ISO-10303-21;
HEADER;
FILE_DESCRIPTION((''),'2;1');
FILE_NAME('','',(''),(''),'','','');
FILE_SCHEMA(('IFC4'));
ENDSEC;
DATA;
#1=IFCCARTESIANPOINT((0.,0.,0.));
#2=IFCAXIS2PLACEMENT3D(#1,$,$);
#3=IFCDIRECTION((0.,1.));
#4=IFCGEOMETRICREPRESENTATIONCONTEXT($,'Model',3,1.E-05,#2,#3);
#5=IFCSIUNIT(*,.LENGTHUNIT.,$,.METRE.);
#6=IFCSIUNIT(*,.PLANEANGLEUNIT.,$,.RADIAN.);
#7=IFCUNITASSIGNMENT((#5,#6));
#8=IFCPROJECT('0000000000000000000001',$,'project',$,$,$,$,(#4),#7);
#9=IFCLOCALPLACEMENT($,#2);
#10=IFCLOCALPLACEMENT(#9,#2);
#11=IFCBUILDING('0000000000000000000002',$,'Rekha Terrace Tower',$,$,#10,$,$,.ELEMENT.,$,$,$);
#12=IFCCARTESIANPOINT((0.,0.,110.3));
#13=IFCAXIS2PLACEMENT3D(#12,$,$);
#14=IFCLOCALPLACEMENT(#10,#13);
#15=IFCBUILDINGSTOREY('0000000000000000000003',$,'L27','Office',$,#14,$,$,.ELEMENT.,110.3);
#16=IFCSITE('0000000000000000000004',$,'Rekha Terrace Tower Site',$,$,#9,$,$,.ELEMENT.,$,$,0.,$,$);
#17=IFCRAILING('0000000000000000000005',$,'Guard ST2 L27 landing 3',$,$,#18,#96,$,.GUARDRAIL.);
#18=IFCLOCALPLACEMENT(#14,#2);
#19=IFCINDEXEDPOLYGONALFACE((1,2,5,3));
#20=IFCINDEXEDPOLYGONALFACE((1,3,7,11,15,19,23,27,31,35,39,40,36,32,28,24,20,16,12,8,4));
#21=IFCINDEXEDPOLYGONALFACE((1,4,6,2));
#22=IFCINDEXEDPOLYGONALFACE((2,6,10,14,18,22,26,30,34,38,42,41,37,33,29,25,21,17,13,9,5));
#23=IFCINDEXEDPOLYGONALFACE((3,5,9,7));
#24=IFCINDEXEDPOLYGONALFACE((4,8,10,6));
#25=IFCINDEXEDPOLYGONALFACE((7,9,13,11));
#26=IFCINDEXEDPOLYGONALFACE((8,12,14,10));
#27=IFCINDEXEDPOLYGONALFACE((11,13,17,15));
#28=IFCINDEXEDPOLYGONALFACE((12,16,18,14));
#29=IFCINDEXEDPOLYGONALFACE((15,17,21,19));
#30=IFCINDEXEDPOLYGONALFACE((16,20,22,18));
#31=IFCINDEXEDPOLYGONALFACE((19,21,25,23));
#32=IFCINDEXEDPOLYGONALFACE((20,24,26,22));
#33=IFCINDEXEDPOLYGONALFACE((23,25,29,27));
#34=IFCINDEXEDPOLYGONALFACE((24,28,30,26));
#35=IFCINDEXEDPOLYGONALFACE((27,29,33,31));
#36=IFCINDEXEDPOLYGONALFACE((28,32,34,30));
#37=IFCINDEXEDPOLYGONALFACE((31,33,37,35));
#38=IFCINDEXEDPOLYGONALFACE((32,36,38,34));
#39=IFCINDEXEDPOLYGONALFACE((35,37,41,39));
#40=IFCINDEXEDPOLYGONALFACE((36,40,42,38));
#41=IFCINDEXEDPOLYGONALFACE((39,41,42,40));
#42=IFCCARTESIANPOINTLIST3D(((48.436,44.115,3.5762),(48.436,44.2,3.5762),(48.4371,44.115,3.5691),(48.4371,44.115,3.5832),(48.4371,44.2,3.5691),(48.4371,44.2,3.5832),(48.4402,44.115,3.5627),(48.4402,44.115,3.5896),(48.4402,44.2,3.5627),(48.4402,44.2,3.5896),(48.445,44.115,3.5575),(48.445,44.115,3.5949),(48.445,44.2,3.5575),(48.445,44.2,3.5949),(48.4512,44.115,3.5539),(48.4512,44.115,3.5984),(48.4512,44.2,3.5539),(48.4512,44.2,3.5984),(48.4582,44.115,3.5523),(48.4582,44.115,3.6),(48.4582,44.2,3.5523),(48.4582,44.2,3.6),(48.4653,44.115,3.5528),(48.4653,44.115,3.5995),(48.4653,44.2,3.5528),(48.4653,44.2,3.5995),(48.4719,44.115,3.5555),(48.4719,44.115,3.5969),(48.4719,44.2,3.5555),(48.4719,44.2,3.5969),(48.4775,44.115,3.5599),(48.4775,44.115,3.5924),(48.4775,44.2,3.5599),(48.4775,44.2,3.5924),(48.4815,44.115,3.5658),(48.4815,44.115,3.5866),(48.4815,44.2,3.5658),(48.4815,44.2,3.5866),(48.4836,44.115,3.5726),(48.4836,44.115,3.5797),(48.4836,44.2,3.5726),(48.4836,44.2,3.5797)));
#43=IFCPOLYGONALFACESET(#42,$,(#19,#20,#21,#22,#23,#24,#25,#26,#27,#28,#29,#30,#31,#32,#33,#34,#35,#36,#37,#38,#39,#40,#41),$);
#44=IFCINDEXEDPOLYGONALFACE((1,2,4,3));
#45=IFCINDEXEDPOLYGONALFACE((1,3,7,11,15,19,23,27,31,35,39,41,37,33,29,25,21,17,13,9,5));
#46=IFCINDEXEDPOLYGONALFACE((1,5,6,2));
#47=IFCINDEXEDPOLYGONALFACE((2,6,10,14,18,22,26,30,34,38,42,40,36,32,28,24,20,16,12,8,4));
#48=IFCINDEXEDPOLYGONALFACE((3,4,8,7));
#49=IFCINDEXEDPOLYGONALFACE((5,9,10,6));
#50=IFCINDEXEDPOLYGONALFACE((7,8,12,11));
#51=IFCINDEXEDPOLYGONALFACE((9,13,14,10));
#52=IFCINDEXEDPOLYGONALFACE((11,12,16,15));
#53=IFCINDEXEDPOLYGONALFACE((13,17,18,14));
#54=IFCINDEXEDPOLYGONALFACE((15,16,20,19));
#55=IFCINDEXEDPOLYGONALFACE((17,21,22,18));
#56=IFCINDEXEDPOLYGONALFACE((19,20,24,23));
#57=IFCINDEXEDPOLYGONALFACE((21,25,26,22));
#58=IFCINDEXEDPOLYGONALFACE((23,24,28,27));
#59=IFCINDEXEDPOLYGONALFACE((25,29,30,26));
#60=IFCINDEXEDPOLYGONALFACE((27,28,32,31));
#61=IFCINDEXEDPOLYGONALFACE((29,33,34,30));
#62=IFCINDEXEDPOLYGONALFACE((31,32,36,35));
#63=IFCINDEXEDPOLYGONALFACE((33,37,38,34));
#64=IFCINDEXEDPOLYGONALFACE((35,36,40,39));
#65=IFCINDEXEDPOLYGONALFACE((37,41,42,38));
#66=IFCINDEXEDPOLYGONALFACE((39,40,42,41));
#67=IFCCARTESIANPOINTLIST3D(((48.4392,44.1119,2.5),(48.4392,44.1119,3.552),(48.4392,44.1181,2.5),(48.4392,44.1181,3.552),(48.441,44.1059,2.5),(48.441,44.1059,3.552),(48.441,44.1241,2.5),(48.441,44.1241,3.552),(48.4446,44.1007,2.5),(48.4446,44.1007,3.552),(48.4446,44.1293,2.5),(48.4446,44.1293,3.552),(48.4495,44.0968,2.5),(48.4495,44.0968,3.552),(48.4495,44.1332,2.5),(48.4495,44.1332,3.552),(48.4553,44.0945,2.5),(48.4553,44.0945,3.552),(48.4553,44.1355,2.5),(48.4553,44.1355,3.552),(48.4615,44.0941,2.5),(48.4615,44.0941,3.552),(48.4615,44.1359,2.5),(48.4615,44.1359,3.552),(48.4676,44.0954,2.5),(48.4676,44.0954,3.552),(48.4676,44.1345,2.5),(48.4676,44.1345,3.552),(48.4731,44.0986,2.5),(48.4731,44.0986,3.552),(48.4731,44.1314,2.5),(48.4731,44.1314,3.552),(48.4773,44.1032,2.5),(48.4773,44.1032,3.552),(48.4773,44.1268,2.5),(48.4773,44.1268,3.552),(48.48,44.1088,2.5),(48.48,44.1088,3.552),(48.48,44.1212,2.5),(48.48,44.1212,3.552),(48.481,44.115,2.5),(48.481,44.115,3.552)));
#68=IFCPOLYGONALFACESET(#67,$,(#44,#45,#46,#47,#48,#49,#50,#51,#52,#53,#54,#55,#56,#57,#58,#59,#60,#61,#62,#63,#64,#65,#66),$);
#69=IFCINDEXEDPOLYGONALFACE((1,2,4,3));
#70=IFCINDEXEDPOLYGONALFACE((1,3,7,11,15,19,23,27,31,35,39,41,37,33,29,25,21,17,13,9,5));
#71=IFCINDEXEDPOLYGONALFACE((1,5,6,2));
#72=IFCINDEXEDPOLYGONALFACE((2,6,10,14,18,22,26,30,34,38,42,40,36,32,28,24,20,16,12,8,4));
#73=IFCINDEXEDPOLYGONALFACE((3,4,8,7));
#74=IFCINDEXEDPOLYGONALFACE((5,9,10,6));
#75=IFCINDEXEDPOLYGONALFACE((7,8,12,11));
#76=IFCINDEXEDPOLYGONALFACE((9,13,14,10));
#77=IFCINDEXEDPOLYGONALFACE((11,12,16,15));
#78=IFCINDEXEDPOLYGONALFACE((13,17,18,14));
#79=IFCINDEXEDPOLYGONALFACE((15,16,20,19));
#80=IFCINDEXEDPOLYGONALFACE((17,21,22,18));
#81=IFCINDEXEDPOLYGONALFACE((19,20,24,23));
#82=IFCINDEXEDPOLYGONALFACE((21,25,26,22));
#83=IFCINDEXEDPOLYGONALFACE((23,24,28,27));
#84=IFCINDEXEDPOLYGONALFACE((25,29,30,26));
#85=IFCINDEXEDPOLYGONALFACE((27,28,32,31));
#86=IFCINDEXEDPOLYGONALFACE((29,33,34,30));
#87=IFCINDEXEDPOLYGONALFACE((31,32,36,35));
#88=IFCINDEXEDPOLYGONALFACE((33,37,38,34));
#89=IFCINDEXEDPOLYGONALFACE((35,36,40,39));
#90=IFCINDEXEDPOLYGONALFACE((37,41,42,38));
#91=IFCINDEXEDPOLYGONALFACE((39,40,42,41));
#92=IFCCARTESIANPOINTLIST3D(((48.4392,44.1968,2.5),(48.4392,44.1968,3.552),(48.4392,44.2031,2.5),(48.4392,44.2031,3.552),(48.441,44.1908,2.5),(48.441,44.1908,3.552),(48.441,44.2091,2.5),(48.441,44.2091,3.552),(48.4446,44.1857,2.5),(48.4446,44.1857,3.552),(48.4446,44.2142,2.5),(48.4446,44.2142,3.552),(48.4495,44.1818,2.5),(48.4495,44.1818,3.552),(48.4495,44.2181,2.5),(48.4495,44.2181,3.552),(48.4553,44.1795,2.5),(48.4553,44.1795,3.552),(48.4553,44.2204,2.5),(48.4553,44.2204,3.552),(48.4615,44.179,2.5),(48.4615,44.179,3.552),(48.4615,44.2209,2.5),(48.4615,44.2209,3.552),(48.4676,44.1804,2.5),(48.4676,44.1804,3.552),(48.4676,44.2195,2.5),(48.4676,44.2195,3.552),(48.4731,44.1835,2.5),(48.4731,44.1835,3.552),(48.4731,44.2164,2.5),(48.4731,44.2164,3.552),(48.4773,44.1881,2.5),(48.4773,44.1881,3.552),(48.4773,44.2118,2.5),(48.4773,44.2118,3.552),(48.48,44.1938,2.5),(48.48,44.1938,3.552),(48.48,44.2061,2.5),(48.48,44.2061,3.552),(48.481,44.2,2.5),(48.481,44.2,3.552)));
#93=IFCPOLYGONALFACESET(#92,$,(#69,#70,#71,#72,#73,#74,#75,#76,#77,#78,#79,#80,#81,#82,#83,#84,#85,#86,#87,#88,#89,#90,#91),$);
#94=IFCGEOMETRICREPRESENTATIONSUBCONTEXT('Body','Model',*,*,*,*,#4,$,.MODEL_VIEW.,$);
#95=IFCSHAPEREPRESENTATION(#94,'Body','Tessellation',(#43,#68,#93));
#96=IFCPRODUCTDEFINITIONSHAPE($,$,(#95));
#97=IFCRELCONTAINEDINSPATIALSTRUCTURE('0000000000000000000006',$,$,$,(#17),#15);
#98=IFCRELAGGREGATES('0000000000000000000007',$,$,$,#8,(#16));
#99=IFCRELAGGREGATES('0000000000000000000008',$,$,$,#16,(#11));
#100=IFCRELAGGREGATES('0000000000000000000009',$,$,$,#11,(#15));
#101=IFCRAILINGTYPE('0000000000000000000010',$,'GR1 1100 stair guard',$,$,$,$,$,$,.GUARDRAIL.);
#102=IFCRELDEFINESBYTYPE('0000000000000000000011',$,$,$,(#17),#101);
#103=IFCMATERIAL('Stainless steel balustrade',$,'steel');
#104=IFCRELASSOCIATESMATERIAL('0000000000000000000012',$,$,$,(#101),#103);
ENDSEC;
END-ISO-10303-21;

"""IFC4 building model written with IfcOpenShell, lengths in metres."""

from ifc_helpers import new_model, si_unit, direction, frame, origin, origin_2d, place, context, subcontext, project, spatial, circle, extrude, material, type_object, element, save


model = new_model("IFC4")

# Units and contexts
model_context = context("Model", 3, precision=1e-05, world=origin(), true_north=direction((0.0, 1.0)))
body_context = subcontext(model_context, "Body", "Model", "MODEL_VIEW")
ifc_project = project(units=[si_unit("LENGTHUNIT", "METRE"), si_unit("PLANEANGLEUNIT", "RADIAN")], contexts=[model_context])

# Site, building, storey
site_placement = place(None, origin())
site = spatial("IfcSite", under=ifc_project, at=site_placement, Name="Rekha Terrace Tower Site", CompositionType="ELEMENT", RefElevation=0.0)
building_placement = place(site_placement, origin())
building = spatial("IfcBuilding", under=site, at=building_placement, Name="Rekha Terrace Tower", CompositionType="ELEMENT")
storey_placement = place(building_placement, frame((0.0, 0.0, 110.3)))
storey = spatial("IfcBuildingStorey", under=building, at=storey_placement, Name="L27", Description="Office", CompositionType="ELEMENT", Elevation=110.3)

# Railing
ifc_material_1 = material(Name="Stainless steel balustrade", Category="steel")
railing_type_1 = type_object("IfcRailingType", Name="GR1 1100 stair guard", PredefinedType="GUARDRAIL", material=ifc_material_1)
railing_1_placement = place(storey_placement, frame((48.46, 44.115, 2.5)))
element("IfcRailing", 1, at=railing_1_placement, inside=storey, type_object=railing_type_1, Name="Guard ST2 L27 landing 3", PredefinedType="GUARDRAIL", context=body_context, shape_type="SweptSolid", body=[
    extrude(circle(Radius=0.0239, at=origin_2d()), frame((0.0, 0.0, 1.0762), z_axis=(0.0, 1.0, 0.0), x_axis=(-1.0, 0.0, 0.0)), (0.0, 0.0, 1.0), 0.085),
    extrude(circle(Radius=0.021, at=origin_2d()), origin(), (0.0, 0.0, 1.0), 1.052),
    extrude(circle(Radius=0.021, at=origin_2d()), frame((0.0, 0.085, 0.0)), (0.0, 0.0, 1.0), 1.052),
])

save(model, "model.ifc")
